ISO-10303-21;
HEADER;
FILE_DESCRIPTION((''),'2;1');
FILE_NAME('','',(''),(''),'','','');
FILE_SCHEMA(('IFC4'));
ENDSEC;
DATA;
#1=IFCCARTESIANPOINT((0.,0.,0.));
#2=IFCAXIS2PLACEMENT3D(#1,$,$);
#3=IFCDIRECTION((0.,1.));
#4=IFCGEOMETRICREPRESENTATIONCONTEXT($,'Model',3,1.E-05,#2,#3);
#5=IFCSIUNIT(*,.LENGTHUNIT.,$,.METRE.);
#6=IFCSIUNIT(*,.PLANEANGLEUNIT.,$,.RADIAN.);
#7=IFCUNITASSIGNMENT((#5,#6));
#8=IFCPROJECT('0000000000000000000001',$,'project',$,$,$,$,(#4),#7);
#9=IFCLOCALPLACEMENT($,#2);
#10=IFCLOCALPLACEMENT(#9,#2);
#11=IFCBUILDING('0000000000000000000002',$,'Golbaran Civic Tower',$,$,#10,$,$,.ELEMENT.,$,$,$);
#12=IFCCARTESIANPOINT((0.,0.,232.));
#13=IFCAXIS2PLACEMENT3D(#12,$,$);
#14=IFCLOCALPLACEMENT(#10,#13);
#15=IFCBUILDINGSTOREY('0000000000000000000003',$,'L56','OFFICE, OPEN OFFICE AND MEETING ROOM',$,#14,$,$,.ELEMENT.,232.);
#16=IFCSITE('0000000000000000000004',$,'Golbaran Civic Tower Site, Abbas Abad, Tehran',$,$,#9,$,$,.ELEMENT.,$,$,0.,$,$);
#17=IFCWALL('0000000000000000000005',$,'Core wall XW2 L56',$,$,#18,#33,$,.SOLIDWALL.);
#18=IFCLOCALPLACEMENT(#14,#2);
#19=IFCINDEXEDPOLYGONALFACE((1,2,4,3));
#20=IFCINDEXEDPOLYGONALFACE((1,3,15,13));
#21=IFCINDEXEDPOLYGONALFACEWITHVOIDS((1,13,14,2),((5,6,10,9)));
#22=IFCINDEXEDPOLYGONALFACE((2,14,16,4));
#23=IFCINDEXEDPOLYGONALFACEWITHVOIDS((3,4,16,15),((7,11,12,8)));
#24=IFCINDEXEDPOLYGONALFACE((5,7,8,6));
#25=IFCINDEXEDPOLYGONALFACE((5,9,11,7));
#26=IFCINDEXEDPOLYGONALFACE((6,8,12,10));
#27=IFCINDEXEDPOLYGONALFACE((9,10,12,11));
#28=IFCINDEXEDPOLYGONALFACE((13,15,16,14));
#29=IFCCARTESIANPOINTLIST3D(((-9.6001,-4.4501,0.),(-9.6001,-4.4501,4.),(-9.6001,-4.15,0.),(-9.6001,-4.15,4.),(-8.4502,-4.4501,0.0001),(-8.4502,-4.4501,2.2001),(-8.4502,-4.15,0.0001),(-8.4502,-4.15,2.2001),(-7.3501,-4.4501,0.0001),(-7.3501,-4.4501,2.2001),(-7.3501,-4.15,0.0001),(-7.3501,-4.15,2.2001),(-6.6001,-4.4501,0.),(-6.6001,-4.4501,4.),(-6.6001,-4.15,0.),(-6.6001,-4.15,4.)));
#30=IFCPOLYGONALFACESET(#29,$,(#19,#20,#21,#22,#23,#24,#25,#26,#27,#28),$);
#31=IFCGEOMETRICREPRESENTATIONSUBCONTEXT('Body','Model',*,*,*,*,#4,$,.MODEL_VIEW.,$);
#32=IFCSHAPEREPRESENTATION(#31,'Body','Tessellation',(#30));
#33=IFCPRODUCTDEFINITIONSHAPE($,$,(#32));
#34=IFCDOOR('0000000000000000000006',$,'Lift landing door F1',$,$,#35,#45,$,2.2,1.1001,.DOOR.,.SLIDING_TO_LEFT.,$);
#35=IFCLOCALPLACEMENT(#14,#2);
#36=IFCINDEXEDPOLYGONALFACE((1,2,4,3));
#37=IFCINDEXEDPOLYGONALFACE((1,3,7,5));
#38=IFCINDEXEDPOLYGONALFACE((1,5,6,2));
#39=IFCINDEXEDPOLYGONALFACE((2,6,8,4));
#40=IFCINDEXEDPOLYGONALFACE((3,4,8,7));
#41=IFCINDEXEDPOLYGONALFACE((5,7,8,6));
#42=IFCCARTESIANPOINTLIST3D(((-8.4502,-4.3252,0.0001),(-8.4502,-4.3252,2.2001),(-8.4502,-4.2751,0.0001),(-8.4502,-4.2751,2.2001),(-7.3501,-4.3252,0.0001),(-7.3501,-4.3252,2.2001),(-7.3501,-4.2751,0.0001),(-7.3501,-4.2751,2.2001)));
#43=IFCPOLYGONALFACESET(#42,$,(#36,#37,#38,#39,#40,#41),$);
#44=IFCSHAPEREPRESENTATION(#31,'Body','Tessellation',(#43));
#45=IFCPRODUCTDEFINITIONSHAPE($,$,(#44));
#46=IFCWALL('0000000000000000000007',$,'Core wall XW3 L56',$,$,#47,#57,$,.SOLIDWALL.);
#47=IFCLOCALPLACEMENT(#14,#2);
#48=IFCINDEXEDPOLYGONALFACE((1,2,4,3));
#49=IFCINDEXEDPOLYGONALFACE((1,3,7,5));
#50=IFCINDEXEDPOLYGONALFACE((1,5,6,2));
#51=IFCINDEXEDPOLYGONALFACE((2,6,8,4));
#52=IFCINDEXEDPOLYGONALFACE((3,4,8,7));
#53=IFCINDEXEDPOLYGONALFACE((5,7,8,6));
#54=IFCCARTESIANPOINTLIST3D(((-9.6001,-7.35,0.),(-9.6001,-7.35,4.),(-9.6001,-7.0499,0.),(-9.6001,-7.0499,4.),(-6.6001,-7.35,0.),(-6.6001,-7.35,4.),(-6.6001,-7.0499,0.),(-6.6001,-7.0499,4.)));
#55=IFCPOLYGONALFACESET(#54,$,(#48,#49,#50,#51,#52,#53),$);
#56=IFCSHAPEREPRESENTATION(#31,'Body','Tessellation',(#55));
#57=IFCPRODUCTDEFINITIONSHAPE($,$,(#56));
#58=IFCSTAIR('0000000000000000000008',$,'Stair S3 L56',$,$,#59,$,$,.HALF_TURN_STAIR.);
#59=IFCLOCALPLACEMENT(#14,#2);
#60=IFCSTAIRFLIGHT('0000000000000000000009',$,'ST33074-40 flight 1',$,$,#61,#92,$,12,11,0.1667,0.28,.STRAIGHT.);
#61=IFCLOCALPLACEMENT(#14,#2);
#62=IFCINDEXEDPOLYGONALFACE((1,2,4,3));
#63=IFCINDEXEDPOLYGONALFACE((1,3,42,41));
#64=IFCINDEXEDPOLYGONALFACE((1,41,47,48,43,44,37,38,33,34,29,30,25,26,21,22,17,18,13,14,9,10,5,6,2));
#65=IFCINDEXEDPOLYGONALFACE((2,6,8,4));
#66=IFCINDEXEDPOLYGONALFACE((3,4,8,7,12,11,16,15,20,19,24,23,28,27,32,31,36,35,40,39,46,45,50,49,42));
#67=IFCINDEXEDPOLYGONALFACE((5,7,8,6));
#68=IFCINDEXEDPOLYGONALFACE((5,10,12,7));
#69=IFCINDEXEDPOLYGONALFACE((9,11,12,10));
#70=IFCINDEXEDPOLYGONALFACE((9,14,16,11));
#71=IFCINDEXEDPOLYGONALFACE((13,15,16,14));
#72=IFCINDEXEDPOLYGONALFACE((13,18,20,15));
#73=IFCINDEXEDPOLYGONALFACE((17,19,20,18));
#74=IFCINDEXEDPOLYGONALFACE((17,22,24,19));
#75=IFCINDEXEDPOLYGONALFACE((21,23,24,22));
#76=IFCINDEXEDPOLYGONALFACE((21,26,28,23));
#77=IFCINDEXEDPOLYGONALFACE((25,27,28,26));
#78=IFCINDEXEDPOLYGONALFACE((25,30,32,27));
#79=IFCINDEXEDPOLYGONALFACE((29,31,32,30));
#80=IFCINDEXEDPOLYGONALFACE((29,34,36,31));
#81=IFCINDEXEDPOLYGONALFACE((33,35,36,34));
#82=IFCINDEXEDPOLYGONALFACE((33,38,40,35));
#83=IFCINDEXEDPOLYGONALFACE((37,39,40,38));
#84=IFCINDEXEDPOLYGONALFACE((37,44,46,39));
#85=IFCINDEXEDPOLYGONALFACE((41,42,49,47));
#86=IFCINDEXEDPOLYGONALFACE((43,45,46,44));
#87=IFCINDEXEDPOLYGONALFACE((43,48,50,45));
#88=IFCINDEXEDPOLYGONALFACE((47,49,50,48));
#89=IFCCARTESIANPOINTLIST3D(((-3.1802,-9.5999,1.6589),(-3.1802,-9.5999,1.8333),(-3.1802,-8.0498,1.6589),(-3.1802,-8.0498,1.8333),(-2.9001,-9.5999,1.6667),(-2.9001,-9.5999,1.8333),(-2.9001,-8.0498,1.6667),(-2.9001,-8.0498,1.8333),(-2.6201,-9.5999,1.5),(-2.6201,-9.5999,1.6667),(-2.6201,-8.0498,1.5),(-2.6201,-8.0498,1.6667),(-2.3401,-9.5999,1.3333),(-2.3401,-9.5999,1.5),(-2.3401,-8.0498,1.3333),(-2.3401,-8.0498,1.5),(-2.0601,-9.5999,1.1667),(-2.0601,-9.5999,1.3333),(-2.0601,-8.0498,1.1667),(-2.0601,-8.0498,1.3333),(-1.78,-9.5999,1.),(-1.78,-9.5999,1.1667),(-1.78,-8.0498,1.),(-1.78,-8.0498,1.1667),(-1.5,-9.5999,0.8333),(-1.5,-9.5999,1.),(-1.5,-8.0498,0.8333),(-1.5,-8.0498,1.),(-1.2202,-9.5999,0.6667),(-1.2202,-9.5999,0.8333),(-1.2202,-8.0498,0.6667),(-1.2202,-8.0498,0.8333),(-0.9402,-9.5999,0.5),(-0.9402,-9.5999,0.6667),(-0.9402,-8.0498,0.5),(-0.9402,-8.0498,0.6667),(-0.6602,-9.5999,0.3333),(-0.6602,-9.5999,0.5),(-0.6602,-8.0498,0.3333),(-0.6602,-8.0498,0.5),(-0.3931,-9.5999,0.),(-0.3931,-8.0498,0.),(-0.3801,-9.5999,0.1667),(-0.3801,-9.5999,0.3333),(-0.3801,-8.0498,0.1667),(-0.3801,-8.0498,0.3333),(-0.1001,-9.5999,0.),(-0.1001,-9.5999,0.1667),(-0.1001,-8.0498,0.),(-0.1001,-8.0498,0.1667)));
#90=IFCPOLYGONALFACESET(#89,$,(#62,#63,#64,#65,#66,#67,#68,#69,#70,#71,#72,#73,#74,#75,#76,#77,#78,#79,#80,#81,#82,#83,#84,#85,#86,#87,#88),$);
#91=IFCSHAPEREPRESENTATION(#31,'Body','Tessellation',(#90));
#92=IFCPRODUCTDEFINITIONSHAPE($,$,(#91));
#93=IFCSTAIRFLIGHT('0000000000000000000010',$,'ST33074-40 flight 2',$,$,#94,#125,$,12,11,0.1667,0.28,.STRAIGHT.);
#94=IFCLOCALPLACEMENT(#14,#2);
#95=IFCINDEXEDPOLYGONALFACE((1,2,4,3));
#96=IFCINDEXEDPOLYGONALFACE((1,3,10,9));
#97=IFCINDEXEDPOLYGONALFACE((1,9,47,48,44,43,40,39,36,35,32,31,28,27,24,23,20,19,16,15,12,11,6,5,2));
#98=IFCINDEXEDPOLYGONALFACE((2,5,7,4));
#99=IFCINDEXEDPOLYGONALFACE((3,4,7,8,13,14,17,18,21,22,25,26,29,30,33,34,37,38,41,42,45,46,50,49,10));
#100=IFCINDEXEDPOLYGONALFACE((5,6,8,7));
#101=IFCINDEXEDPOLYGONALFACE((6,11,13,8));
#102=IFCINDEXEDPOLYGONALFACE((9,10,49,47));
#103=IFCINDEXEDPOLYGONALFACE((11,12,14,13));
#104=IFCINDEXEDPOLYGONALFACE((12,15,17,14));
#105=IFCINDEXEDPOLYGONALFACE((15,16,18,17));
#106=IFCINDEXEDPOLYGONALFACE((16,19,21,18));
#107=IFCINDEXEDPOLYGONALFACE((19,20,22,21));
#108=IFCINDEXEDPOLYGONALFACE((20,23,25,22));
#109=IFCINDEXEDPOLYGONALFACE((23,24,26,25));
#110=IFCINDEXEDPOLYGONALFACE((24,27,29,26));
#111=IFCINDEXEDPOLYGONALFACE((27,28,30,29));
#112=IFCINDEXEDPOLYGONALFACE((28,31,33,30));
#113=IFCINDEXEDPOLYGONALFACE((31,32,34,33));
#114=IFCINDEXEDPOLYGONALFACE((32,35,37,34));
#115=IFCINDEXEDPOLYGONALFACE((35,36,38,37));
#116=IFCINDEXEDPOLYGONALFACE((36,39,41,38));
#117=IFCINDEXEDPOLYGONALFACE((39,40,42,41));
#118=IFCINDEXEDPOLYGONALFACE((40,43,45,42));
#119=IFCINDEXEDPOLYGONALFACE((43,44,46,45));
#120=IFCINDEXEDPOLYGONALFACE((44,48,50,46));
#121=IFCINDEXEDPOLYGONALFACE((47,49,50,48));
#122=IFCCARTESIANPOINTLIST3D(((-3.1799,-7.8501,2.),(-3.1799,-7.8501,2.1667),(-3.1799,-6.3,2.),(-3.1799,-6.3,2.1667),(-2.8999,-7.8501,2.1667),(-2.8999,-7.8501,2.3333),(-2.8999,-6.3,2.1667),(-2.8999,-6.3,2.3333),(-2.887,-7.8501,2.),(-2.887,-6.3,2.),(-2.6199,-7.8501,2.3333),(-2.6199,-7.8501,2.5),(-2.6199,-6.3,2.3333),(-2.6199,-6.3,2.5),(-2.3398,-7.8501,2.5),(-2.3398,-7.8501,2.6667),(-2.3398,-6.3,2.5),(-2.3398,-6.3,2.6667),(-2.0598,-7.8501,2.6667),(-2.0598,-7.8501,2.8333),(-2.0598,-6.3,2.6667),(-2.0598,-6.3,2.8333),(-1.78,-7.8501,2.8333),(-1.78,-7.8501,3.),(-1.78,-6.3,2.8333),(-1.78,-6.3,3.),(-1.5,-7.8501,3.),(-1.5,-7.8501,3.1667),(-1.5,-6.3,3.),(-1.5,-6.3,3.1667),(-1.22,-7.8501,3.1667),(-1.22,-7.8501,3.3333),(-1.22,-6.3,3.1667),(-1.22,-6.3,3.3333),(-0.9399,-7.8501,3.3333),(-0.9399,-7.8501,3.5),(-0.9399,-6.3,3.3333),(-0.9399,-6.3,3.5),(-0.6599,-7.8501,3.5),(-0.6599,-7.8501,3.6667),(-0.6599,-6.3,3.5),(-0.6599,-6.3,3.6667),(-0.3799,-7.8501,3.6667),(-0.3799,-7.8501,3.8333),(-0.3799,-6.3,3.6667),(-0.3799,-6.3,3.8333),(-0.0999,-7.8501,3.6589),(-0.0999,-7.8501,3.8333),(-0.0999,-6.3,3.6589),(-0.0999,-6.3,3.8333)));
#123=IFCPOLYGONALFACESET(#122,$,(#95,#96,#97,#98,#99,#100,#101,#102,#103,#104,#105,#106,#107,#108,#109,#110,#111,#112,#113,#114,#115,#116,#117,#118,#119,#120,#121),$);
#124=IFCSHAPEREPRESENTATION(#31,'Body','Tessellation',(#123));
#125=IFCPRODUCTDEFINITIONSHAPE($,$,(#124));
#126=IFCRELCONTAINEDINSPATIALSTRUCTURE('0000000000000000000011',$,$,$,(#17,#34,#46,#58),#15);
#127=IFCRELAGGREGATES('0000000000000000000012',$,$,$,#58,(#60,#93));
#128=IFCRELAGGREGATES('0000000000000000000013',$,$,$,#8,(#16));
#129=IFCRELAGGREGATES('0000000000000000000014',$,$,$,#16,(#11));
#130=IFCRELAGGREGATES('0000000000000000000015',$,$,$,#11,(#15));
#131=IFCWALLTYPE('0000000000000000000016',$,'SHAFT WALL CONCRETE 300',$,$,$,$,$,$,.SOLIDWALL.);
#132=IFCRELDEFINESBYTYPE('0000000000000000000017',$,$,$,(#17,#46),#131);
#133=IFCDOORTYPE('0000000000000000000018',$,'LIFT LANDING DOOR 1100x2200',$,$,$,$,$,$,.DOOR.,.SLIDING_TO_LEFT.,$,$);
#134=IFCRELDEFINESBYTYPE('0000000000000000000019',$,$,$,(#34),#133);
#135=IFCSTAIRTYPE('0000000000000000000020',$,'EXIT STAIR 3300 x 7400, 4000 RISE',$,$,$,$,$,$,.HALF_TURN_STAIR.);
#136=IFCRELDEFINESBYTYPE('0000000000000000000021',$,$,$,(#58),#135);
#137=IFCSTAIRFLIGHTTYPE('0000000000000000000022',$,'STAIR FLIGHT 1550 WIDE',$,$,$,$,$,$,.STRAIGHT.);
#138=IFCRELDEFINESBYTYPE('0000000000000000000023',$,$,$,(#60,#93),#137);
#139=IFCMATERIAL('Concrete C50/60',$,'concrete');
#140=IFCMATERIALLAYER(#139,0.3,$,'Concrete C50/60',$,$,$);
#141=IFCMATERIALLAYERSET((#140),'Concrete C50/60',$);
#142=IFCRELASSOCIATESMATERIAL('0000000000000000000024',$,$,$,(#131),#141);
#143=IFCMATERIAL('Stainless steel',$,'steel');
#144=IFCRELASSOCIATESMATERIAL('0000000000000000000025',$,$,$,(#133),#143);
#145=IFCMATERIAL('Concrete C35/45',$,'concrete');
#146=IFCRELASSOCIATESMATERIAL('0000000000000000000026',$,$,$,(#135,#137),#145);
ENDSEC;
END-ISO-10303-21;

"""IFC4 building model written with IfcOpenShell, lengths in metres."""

from ifc_helpers import new_model, si_unit, direction, frame, frame_2d, origin, place, context, subcontext, project, spatial, polyline, rectangle, outline, extrude, material, layer, layer_set, type_object, element, fill, aggregate, save


model = new_model("IFC4")

# Units and contexts
model_context = context("Model", 3, precision=1e-05, world=origin(), true_north=direction((0.0, 1.0)))
body_context = subcontext(model_context, "Body", "Model", "MODEL_VIEW")
ifc_project = project(units=[si_unit("LENGTHUNIT", "METRE"), si_unit("PLANEANGLEUNIT", "RADIAN")], contexts=[model_context])

# Site, building, storey
site_placement = place(None, origin())
site = spatial("IfcSite", under=ifc_project, at=site_placement, Name="Golbaran Civic Tower Site, Abbas Abad, Tehran", CompositionType="ELEMENT", RefElevation=0.0)
building_placement = place(site_placement, origin())
building = spatial("IfcBuilding", under=site, at=building_placement, Name="Golbaran Civic Tower", CompositionType="ELEMENT")
storey_placement = place(building_placement, frame((0.0, 0.0, 232.0)))
storey = spatial("IfcBuildingStorey", under=building, at=storey_placement, Name="L56", Description="OFFICE, OPEN OFFICE AND MEETING ROOM", CompositionType="ELEMENT", Elevation=232.0)

# Shared definitions
ifc_material_1 = material(Name="Concrete C50/60", Category="concrete")

# Shared definitions
ifc_layer_1 = layer(ifc_material_1, 0.3, Name="Concrete C50/60")
ifc_layer_set_1 = layer_set([ifc_layer_1], Name="Concrete C50/60")
wall_type_1 = type_object("IfcWallType", Name="SHAFT WALL CONCRETE 300", PredefinedType="SOLIDWALL", material=ifc_layer_set_1)

# Wall, opening, door
wall_1_placement = place(storey_placement, frame((-9.6001, -4.3, 0.0), z_axis=(0.0, 0.0, 1.0), x_axis=(1.0, 0.0, 0.0)))
wall_1 = element("IfcWall", 1, at=wall_1_placement, inside=storey, type_object=wall_type_1, Name="Core wall XW2 L56", PredefinedType="SOLIDWALL", context=body_context, shape_type="SweptSolid", body=[
    extrude(rectangle(XDim=3.0, YDim=0.3, at=frame_2d((1.5, 0.0))), origin(), (0.0, 0.0, 1.0), 4.0),
])
opening_1_placement = place(wall_1_placement, frame((1.1499, 0.0, 0.0)))
opening_1 = element("IfcOpeningElement", 2, at=opening_1_placement, cuts=wall_1, PredefinedType="OPENING", context=body_context, shape_type="SweptSolid", body=[
    extrude(rectangle(XDim=1.1001, YDim=2.2, at=frame_2d((0.55, 1.1001))), frame((0.0, 0.1599, 0.0), z_axis=(0.0, -1.0, 0.0), x_axis=(1.0, 0.0, 0.0)), (0.0, 0.0, 1.0), 0.3201),
])
ifc_material_2 = material(Name="Stainless steel", Category="steel")
door_type_1 = type_object("IfcDoorType", Name="LIFT LANDING DOOR 1100x2200", OperationType="SLIDING_TO_LEFT", PredefinedType="DOOR", material=ifc_material_2)
door_1_placement = place(opening_1_placement, origin())
door_1 = element("IfcDoor", 3, at=door_1_placement, inside=storey, type_object=door_type_1, Name="Lift landing door F1", OperationType="SLIDING_TO_LEFT", OverallHeight=2.2, OverallWidth=1.1001, PredefinedType="DOOR", context=body_context, shape_type="SweptSolid", body=[
    extrude(rectangle(XDim=1.1001, YDim=2.2, at=frame_2d((0.55, 1.1001))), frame((0.0, 0.0249, 0.0), z_axis=(0.0, -1.0, 0.0), x_axis=(1.0, 0.0, 0.0)), (0.0, 0.0, 1.0), 0.05),
])
fill(opening_1, door_1)

# Wall
wall_2_placement = place(storey_placement, frame((-9.6001, -7.2, 0.0), z_axis=(0.0, 0.0, 1.0), x_axis=(1.0, 0.0, 0.0)))
element("IfcWall", 4, at=wall_2_placement, inside=storey, type_object=wall_type_1, Name="Core wall XW3 L56", PredefinedType="SOLIDWALL", context=body_context, shape_type="SweptSolid", body=[
    extrude(rectangle(XDim=3.0, YDim=0.3, at=frame_2d((1.5, 0.0))), origin(), (0.0, 0.0, 1.0), 4.0),
])

# Stair, stair flights
ifc_material_3 = material(Name="Concrete C35/45", Category="concrete")
stair_type = type_object("IfcStairType", Name="EXIT STAIR 3300 x 7400, 4000 RISE", PredefinedType="HALF_TURN_STAIR", material=ifc_material_3)
stair_placement = place(storey_placement, origin())
stair = element("IfcStair", 5, at=stair_placement, inside=storey, type_object=stair_type, Name="Stair S3 L56", PredefinedType="HALF_TURN_STAIR")
stair_flight_type = type_object("IfcStairFlightType", Name="STAIR FLIGHT 1550 WIDE", PredefinedType="STRAIGHT", material=ifc_material_3)
stair_flight_1_placement = place(storey_placement, frame((-0.1001, -8.825, 0.0), z_axis=(0.0, 0.0, 1.0), x_axis=(-1.0, 0.0, 0.0)))
stair_flight_1 = element("IfcStairFlight", 6, at=stair_flight_1_placement, type_object=stair_flight_type, Name="ST33074-40 flight 1", NumberOfRisers=12, NumberOfTreads=11, PredefinedType="STRAIGHT", RiserHeight=0.1667, TreadLength=0.28, context=body_context, shape_type="SweptSolid", body=[
    extrude(outline(polyline([(0.0, 0.0), (0.0, 0.1667), (0.28, 0.1667), (0.28, 0.3333), (0.5601, 0.3333), (0.5601, 0.5), (0.8401, 0.5), (0.8401, 0.6667), (1.1201, 0.6667), (1.1201, 0.8333), (1.3999, 0.8333), (1.3999, 1.0), (1.6799, 1.0), (1.6799, 1.1667), (1.96, 1.1667), (1.96, 1.3333), (2.24, 1.3333), (2.24, 1.5), (2.52, 1.5), (2.52, 1.6667), (2.8, 1.6667), (2.8, 1.8333), (3.0801, 1.8333), (3.0801, 2.0), (3.0801, 1.6589), (0.293, 0.0), (0.0, 0.0)])), frame((0.0, 0.7749, 0.0), z_axis=(0.0, -1.0, 0.0), x_axis=(1.0, 0.0, 0.0)), (0.0, 0.0, 1.0), 1.55),
])
stair_flight_2_placement = place(storey_placement, frame((-3.1799, -7.075, 2.0), z_axis=(0.0, 0.0, 1.0), x_axis=(1.0, 0.0, 0.0)))
stair_flight_2 = element("IfcStairFlight", 7, at=stair_flight_2_placement, type_object=stair_flight_type, Name="ST33074-40 flight 2", NumberOfRisers=12, NumberOfTreads=11, PredefinedType="STRAIGHT", RiserHeight=0.1667, TreadLength=0.28, context=body_context, shape_type="SweptSolid", body=[
    extrude(outline(polyline([(0.0, 0.0), (0.0, 0.1667), (0.28, 0.1667), (0.28, 0.3333), (0.5601, 0.3333), (0.5601, 0.5), (0.8401, 0.5), (0.8401, 0.6667), (1.1201, 0.6667), (1.1201, 0.8333), (1.3999, 0.8333), (1.3999, 1.0), (1.6799, 1.0), (1.6799, 1.1667), (1.96, 1.1667), (1.96, 1.3333), (2.24, 1.3333), (2.24, 1.5), (2.52, 1.5), (2.52, 1.6667), (2.8, 1.6667), (2.8, 1.8333), (3.0801, 1.8333), (3.0801, 2.0), (3.0801, 1.6589), (0.293, 0.0), (0.0, 0.0)])), frame((0.0, 0.7749, 0.0), z_axis=(0.0, -1.0, 0.0), x_axis=(1.0, 0.0, 0.0)), (0.0, 0.0, 1.0), 1.55),
])
aggregate(stair, [stair_flight_1, stair_flight_2])

save(model, "model.ifc")
